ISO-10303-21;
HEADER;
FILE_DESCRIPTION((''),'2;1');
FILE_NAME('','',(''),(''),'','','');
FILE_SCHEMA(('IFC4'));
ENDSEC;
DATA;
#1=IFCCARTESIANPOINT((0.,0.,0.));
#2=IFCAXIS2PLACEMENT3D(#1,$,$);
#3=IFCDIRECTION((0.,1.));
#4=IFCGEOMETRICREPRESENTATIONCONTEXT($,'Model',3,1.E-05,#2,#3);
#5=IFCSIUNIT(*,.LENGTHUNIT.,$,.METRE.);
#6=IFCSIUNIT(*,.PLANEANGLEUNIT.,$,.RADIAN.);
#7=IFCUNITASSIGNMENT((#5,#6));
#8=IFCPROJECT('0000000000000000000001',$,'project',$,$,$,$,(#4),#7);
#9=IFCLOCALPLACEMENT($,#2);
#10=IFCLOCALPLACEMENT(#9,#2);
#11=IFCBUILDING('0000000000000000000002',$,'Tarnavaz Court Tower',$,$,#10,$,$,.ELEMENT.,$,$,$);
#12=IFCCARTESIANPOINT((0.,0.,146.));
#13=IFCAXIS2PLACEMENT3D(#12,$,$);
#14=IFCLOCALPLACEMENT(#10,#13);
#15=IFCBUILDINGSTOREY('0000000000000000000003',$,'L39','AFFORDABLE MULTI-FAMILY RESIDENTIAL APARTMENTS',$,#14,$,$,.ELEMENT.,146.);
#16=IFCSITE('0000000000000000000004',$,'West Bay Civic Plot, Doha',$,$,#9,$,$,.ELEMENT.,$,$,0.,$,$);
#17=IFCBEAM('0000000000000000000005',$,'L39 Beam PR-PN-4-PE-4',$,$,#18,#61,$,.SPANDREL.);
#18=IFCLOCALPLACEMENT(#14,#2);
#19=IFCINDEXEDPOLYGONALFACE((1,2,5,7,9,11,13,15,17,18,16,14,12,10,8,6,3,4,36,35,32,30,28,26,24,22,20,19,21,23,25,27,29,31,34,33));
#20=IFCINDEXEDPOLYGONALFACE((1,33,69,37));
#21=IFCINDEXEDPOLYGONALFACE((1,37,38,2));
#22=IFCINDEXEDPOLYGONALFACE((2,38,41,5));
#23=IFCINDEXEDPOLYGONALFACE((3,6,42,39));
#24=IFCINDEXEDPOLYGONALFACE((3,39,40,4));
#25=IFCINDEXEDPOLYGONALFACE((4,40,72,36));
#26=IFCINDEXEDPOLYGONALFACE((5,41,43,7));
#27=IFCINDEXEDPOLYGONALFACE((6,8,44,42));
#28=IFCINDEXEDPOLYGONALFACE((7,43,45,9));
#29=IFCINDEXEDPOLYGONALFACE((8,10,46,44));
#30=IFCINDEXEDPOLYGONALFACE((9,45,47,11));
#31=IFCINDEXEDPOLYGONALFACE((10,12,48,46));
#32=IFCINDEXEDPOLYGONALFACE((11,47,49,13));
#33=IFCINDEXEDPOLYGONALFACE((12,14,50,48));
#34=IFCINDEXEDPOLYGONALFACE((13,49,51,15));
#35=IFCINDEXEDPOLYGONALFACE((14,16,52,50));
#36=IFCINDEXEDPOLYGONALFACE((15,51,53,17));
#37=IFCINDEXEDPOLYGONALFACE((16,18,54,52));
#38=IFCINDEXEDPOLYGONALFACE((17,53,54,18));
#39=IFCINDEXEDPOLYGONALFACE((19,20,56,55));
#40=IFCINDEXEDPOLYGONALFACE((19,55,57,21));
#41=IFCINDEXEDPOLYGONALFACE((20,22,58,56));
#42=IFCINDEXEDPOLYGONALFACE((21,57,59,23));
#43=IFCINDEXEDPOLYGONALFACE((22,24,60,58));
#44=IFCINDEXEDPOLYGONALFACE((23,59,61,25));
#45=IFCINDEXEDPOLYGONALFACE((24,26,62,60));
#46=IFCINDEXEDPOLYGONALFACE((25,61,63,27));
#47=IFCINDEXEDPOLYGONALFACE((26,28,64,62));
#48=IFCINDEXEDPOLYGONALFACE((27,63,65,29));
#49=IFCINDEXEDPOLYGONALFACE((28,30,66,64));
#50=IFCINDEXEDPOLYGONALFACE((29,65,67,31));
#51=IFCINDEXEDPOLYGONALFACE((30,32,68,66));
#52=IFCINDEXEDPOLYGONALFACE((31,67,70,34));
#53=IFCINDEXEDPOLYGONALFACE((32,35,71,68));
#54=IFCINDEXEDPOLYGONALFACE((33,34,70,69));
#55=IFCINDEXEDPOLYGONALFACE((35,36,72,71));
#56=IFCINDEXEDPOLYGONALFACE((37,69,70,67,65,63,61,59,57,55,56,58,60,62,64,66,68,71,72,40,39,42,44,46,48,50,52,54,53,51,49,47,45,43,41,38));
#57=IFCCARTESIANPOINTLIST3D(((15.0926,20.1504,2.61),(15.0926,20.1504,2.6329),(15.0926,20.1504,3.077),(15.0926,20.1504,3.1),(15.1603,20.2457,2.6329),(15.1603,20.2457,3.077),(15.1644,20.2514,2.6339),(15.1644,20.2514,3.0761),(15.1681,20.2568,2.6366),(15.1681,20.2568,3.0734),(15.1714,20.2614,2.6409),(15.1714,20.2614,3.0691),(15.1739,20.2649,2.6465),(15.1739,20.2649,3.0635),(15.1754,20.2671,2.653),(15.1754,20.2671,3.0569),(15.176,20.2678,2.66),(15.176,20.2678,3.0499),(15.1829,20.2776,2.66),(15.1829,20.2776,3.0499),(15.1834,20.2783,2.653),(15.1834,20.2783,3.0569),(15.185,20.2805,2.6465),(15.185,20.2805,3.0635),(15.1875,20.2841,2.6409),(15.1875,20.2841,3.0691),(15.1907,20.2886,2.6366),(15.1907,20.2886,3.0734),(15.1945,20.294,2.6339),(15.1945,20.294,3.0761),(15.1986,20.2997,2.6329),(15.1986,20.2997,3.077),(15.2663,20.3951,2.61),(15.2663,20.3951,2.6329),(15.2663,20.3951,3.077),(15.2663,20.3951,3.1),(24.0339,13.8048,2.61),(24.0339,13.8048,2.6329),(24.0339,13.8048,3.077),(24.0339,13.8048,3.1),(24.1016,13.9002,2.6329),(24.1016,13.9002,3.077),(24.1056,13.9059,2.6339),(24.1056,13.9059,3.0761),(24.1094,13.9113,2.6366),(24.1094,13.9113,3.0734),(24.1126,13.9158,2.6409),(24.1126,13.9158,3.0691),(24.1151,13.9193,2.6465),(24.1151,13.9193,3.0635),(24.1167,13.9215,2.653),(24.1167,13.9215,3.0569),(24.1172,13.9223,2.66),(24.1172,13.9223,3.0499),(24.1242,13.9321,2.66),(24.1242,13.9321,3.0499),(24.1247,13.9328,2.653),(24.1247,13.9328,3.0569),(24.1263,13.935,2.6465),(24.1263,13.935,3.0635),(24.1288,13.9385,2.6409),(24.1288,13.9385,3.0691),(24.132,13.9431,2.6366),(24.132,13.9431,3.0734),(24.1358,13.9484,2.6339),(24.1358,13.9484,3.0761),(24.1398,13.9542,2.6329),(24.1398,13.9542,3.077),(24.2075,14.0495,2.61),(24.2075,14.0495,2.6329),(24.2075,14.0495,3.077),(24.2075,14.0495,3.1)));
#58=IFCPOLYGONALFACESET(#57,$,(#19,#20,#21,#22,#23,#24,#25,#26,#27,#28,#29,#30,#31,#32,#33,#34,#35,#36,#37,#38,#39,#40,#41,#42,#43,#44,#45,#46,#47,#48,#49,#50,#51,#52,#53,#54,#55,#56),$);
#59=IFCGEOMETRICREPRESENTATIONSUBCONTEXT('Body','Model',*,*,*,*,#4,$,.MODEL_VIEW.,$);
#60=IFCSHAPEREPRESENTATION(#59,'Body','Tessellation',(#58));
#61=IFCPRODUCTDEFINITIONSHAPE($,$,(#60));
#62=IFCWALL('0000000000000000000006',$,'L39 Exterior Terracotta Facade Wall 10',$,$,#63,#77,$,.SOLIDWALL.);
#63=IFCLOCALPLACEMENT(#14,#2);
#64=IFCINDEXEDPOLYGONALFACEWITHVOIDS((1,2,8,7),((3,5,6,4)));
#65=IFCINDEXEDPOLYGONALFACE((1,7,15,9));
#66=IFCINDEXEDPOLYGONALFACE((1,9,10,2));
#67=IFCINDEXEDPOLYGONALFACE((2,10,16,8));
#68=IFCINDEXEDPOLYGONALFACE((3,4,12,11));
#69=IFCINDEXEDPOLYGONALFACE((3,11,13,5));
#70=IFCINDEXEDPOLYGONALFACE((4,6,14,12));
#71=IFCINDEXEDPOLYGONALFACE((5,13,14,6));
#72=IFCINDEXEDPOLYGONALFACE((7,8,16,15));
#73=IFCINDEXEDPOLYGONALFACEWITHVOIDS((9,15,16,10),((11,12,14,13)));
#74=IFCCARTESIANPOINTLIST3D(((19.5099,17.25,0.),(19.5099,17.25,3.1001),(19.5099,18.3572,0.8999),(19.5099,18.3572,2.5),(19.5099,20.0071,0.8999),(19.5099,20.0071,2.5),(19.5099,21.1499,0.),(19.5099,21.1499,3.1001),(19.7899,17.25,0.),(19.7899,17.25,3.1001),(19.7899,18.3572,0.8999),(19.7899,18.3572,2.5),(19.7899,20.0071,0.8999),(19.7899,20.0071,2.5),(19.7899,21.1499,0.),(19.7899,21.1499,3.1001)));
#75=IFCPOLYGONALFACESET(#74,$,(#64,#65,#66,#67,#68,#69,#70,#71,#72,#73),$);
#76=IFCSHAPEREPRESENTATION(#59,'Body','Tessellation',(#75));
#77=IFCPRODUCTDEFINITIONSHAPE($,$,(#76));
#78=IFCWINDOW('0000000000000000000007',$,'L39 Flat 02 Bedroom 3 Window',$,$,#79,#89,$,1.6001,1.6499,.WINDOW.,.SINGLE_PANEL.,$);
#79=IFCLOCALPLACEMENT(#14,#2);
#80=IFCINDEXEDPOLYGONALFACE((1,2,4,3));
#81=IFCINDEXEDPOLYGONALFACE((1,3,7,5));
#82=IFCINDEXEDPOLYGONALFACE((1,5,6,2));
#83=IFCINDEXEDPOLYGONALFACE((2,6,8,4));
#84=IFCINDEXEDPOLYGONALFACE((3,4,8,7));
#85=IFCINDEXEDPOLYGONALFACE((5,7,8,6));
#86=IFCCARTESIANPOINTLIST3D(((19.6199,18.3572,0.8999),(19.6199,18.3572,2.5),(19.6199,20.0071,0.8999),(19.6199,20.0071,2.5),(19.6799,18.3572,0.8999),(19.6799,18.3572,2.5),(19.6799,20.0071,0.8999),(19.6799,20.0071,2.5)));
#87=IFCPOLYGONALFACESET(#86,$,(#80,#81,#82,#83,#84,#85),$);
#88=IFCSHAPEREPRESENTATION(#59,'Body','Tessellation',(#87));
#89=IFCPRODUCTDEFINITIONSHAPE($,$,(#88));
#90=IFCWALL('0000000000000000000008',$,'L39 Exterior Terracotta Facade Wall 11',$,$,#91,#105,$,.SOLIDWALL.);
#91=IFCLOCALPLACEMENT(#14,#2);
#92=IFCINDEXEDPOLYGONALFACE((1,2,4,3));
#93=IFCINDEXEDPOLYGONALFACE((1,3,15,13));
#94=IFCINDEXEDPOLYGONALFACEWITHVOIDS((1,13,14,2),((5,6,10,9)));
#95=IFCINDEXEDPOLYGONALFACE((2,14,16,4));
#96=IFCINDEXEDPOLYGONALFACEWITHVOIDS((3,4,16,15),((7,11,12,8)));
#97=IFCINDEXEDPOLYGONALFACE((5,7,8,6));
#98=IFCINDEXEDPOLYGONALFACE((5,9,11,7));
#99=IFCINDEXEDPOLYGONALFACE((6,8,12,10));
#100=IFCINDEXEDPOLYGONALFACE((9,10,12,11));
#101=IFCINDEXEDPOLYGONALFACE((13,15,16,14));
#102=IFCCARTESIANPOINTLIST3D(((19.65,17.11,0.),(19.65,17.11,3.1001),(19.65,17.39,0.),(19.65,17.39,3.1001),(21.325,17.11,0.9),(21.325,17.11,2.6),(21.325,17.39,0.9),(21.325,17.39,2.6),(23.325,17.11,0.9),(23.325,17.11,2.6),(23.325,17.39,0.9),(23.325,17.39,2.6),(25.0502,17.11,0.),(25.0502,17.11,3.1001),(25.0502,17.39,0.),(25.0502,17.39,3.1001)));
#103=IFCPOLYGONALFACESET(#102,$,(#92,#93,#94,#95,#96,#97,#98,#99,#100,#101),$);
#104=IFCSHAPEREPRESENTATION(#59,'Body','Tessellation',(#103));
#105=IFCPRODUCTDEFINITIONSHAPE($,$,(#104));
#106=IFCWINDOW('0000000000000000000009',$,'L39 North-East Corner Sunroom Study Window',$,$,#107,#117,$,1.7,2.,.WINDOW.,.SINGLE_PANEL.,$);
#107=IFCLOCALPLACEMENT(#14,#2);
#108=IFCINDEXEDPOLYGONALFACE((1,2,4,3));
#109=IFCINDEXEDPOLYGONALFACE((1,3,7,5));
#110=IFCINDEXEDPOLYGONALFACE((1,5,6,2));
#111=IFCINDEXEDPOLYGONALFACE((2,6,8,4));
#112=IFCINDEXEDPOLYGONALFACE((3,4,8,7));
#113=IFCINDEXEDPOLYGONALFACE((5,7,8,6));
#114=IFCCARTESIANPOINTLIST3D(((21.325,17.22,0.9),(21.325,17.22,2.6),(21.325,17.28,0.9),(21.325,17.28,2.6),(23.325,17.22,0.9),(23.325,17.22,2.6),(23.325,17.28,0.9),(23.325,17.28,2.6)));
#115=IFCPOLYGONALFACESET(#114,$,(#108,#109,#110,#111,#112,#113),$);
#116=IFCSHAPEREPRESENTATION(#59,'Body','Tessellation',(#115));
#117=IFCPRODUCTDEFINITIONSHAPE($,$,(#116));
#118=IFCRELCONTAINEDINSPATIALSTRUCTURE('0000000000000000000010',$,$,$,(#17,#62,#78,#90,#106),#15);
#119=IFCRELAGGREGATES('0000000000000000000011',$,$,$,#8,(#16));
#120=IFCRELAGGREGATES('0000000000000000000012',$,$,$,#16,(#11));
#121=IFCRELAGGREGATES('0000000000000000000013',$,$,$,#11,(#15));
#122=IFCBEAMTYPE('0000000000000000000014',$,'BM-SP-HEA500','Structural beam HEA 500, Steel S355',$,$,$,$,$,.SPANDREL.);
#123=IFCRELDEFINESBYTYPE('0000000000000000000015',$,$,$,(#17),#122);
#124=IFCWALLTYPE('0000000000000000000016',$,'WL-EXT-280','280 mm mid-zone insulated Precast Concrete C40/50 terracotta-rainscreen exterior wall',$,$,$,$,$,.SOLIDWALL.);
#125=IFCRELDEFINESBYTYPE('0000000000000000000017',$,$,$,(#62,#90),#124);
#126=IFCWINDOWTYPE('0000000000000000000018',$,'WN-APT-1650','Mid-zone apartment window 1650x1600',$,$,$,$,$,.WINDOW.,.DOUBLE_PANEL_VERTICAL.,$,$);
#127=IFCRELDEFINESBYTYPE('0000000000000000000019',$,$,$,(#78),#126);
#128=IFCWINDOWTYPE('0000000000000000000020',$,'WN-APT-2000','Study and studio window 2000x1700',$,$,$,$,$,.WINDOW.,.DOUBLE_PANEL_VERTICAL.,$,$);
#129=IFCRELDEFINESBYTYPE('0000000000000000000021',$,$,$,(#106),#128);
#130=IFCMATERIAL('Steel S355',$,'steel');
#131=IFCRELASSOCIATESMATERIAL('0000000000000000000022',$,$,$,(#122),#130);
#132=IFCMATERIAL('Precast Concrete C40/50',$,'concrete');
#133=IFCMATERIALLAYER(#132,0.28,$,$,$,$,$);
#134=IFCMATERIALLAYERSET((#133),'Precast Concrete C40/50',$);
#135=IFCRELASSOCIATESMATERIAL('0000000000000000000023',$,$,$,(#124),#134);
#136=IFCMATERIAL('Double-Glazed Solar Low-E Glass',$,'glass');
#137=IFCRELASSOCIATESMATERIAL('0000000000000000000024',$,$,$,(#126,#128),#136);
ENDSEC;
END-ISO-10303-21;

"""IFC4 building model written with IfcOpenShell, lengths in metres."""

from ifc_helpers import new_model, si_unit, direction, frame, frame_2d, origin, origin_2d, place, context, subcontext, project, spatial, rectangle, i_section, extrude, material, layer, layer_set, material_profile, profile_set, type_object, element, fill, save


model = new_model("IFC4")

# Units and contexts
model_context = context("Model", 3, precision=1e-05, world=origin(), true_north=direction((0.0, 1.0)))
body_context = subcontext(model_context, "Body", "Model", "MODEL_VIEW")
ifc_project = project(units=[si_unit("LENGTHUNIT", "METRE"), si_unit("PLANEANGLEUNIT", "RADIAN")], contexts=[model_context])

# Site, building, storey
site_placement = place(None, origin())
site = spatial("IfcSite", under=ifc_project, at=site_placement, Name="West Bay Civic Plot, Doha", CompositionType="ELEMENT", RefElevation=0.0)
building_placement = place(site_placement, origin())
building = spatial("IfcBuilding", under=site, at=building_placement, Name="Tarnavaz Court Tower", CompositionType="ELEMENT")
storey_placement = place(building_placement, frame((0.0, 0.0, 146.0)))
storey = spatial("IfcBuildingStorey", under=building, at=storey_placement, Name="L39", Description="AFFORDABLE MULTI-FAMILY RESIDENTIAL APARTMENTS", CompositionType="ELEMENT", Elevation=146.0)

# Beam
ifc_material_1 = material(Name="Steel S355", Category="steel")
ifc_material_profile_1 = material_profile(ifc_material_1, i_section(OverallWidth=0.3, OverallDepth=0.49, WebThickness=0.012, FlangeThickness=0.0229, FilletRadius=0.0271, at=origin_2d()), Name="HEA 500")
ifc_profile_set_1 = profile_set([ifc_material_profile_1], Name="Steel S355")
beam_type_1 = type_object("IfcBeamType", Name="BM-SP-HEA500", Description="Structural beam HEA 500, Steel S355", PredefinedType="SPANDREL", material=ifc_profile_set_1)
beam_1_placement = place(storey_placement, frame((15.1794, 20.2727, 2.855), z_axis=(0.815502, -0.578754, 0.0), x_axis=(0.578754, 0.815502, 0.0)))
element("IfcBeam", 1, at=beam_1_placement, inside=storey, type_object=beam_type_1, Name="L39 Beam PR-PN-4-PE-4", PredefinedType="SPANDREL", context=body_context, shape_type="SweptSolid", body=[
    extrude(i_section(OverallWidth=0.3, OverallDepth=0.49, WebThickness=0.012, FlangeThickness=0.0229, FilletRadius=0.0271, at=origin_2d()), origin(), (0.0, 0.0, 1.0), 10.9641),
])

# Walls, openings, windows
ifc_material_2 = material(Name="Precast Concrete C40/50", Category="concrete")
ifc_layer_1 = layer(ifc_material_2, 0.28)
ifc_layer_set_1 = layer_set([ifc_layer_1], Name="Precast Concrete C40/50")
wall_type_1 = type_object("IfcWallType", Name="WL-EXT-280", Description="280 mm mid-zone insulated Precast Concrete C40/50 terracotta-rainscreen exterior wall", PredefinedType="SOLIDWALL", material=ifc_layer_set_1)
wall_1_placement = place(storey_placement, frame((19.6499, 21.1499, 0.0), z_axis=(0.0, 0.0, 1.0), x_axis=(0.0, -1.0, 0.0)))
wall_1 = element("IfcWall", 2, at=wall_1_placement, inside=storey, type_object=wall_type_1, Name="L39 Exterior Terracotta Facade Wall 10", PredefinedType="SOLIDWALL", context=body_context, shape_type="SweptSolid", body=[
    extrude(rectangle(XDim=3.8999, YDim=0.28, at=frame_2d((1.95, 0.0))), origin(), (0.0, 0.0, 1.0), 3.1001),
])
opening_1_placement = place(wall_1_placement, frame((1.1428, 0.0, 0.8999)))
opening_1 = element("IfcOpeningElement", 3, at=opening_1_placement, cuts=wall_1, PredefinedType="OPENING", context=body_context, shape_type="SweptSolid", body=[
    extrude(rectangle(XDim=1.6499, YDim=1.6001, at=frame_2d((0.825, 0.8))), frame((0.0, 0.1499, 0.0), z_axis=(0.0, -1.0, 0.0), x_axis=(1.0, 0.0, 0.0)), (0.0, 0.0, 1.0), 0.3),
])
ifc_material_3 = material(Name="Double-Glazed Solar Low-E Glass", Category="glass")
window_type_1 = type_object("IfcWindowType", Name="WN-APT-1650", Description="Mid-zone apartment window 1650x1600", PartitioningType="DOUBLE_PANEL_VERTICAL", PredefinedType="WINDOW", material=ifc_material_3)
window_1_placement = place(opening_1_placement, origin())
window_1 = element("IfcWindow", 4, at=window_1_placement, inside=storey, type_object=window_type_1, Name="L39 Flat 02 Bedroom 3 Window", OverallHeight=1.6001, OverallWidth=1.6499, PartitioningType="SINGLE_PANEL", PredefinedType="WINDOW", context=body_context, shape_type="SweptSolid", body=[
    extrude(rectangle(XDim=1.6499, YDim=1.6001, at=frame_2d((0.825, 0.8))), frame((0.0, 0.03, 0.0), z_axis=(0.0, -1.0, 0.0), x_axis=(1.0, 0.0, 0.0)), (0.0, 0.0, 1.0), 0.0601),
])
fill(opening_1, window_1)
wall_2_placement = place(storey_placement, frame((19.6499, 17.25, 0.0), z_axis=(0.0, 0.0, 1.0), x_axis=(1.0, 0.0, 0.0)))
wall_2 = element("IfcWall", 5, at=wall_2_placement, inside=storey, type_object=wall_type_1, Name="L39 Exterior Terracotta Facade Wall 11", PredefinedType="SOLIDWALL", context=body_context, shape_type="SweptSolid", body=[
    extrude(rectangle(XDim=5.4001, YDim=0.28, at=frame_2d((2.7002, 0.0))), origin(), (0.0, 0.0, 1.0), 3.1001),
])
opening_2_placement = place(wall_2_placement, frame((1.675, 0.0, 0.8999)))
opening_2 = element("IfcOpeningElement", 6, at=opening_2_placement, cuts=wall_2, PredefinedType="OPENING", context=body_context, shape_type="SweptSolid", body=[
    extrude(rectangle(XDim=2.0, YDim=1.7, at=frame_2d((1.0, 0.8501))), frame((0.0, 0.1499, 0.0), z_axis=(0.0, -1.0, 0.0), x_axis=(1.0, 0.0, 0.0)), (0.0, 0.0, 1.0), 0.3),
])
window_type_2 = type_object("IfcWindowType", Name="WN-APT-2000", Description="Study and studio window 2000x1700", PartitioningType="DOUBLE_PANEL_VERTICAL", PredefinedType="WINDOW", material=ifc_material_3)
window_2_placement = place(opening_2_placement, origin())
window_2 = element("IfcWindow", 7, at=window_2_placement, inside=storey, type_object=window_type_2, Name="L39 North-East Corner Sunroom Study Window", OverallHeight=1.7, OverallWidth=2.0, PartitioningType="SINGLE_PANEL", PredefinedType="WINDOW", context=body_context, shape_type="SweptSolid", body=[
    extrude(rectangle(XDim=2.0, YDim=1.7, at=frame_2d((1.0, 0.8501))), frame((0.0, 0.03, 0.0), z_axis=(0.0, -1.0, 0.0), x_axis=(1.0, 0.0, 0.0)), (0.0, 0.0, 1.0), 0.0601),
])
fill(opening_2, window_2)

save(model, "model.ifc")
